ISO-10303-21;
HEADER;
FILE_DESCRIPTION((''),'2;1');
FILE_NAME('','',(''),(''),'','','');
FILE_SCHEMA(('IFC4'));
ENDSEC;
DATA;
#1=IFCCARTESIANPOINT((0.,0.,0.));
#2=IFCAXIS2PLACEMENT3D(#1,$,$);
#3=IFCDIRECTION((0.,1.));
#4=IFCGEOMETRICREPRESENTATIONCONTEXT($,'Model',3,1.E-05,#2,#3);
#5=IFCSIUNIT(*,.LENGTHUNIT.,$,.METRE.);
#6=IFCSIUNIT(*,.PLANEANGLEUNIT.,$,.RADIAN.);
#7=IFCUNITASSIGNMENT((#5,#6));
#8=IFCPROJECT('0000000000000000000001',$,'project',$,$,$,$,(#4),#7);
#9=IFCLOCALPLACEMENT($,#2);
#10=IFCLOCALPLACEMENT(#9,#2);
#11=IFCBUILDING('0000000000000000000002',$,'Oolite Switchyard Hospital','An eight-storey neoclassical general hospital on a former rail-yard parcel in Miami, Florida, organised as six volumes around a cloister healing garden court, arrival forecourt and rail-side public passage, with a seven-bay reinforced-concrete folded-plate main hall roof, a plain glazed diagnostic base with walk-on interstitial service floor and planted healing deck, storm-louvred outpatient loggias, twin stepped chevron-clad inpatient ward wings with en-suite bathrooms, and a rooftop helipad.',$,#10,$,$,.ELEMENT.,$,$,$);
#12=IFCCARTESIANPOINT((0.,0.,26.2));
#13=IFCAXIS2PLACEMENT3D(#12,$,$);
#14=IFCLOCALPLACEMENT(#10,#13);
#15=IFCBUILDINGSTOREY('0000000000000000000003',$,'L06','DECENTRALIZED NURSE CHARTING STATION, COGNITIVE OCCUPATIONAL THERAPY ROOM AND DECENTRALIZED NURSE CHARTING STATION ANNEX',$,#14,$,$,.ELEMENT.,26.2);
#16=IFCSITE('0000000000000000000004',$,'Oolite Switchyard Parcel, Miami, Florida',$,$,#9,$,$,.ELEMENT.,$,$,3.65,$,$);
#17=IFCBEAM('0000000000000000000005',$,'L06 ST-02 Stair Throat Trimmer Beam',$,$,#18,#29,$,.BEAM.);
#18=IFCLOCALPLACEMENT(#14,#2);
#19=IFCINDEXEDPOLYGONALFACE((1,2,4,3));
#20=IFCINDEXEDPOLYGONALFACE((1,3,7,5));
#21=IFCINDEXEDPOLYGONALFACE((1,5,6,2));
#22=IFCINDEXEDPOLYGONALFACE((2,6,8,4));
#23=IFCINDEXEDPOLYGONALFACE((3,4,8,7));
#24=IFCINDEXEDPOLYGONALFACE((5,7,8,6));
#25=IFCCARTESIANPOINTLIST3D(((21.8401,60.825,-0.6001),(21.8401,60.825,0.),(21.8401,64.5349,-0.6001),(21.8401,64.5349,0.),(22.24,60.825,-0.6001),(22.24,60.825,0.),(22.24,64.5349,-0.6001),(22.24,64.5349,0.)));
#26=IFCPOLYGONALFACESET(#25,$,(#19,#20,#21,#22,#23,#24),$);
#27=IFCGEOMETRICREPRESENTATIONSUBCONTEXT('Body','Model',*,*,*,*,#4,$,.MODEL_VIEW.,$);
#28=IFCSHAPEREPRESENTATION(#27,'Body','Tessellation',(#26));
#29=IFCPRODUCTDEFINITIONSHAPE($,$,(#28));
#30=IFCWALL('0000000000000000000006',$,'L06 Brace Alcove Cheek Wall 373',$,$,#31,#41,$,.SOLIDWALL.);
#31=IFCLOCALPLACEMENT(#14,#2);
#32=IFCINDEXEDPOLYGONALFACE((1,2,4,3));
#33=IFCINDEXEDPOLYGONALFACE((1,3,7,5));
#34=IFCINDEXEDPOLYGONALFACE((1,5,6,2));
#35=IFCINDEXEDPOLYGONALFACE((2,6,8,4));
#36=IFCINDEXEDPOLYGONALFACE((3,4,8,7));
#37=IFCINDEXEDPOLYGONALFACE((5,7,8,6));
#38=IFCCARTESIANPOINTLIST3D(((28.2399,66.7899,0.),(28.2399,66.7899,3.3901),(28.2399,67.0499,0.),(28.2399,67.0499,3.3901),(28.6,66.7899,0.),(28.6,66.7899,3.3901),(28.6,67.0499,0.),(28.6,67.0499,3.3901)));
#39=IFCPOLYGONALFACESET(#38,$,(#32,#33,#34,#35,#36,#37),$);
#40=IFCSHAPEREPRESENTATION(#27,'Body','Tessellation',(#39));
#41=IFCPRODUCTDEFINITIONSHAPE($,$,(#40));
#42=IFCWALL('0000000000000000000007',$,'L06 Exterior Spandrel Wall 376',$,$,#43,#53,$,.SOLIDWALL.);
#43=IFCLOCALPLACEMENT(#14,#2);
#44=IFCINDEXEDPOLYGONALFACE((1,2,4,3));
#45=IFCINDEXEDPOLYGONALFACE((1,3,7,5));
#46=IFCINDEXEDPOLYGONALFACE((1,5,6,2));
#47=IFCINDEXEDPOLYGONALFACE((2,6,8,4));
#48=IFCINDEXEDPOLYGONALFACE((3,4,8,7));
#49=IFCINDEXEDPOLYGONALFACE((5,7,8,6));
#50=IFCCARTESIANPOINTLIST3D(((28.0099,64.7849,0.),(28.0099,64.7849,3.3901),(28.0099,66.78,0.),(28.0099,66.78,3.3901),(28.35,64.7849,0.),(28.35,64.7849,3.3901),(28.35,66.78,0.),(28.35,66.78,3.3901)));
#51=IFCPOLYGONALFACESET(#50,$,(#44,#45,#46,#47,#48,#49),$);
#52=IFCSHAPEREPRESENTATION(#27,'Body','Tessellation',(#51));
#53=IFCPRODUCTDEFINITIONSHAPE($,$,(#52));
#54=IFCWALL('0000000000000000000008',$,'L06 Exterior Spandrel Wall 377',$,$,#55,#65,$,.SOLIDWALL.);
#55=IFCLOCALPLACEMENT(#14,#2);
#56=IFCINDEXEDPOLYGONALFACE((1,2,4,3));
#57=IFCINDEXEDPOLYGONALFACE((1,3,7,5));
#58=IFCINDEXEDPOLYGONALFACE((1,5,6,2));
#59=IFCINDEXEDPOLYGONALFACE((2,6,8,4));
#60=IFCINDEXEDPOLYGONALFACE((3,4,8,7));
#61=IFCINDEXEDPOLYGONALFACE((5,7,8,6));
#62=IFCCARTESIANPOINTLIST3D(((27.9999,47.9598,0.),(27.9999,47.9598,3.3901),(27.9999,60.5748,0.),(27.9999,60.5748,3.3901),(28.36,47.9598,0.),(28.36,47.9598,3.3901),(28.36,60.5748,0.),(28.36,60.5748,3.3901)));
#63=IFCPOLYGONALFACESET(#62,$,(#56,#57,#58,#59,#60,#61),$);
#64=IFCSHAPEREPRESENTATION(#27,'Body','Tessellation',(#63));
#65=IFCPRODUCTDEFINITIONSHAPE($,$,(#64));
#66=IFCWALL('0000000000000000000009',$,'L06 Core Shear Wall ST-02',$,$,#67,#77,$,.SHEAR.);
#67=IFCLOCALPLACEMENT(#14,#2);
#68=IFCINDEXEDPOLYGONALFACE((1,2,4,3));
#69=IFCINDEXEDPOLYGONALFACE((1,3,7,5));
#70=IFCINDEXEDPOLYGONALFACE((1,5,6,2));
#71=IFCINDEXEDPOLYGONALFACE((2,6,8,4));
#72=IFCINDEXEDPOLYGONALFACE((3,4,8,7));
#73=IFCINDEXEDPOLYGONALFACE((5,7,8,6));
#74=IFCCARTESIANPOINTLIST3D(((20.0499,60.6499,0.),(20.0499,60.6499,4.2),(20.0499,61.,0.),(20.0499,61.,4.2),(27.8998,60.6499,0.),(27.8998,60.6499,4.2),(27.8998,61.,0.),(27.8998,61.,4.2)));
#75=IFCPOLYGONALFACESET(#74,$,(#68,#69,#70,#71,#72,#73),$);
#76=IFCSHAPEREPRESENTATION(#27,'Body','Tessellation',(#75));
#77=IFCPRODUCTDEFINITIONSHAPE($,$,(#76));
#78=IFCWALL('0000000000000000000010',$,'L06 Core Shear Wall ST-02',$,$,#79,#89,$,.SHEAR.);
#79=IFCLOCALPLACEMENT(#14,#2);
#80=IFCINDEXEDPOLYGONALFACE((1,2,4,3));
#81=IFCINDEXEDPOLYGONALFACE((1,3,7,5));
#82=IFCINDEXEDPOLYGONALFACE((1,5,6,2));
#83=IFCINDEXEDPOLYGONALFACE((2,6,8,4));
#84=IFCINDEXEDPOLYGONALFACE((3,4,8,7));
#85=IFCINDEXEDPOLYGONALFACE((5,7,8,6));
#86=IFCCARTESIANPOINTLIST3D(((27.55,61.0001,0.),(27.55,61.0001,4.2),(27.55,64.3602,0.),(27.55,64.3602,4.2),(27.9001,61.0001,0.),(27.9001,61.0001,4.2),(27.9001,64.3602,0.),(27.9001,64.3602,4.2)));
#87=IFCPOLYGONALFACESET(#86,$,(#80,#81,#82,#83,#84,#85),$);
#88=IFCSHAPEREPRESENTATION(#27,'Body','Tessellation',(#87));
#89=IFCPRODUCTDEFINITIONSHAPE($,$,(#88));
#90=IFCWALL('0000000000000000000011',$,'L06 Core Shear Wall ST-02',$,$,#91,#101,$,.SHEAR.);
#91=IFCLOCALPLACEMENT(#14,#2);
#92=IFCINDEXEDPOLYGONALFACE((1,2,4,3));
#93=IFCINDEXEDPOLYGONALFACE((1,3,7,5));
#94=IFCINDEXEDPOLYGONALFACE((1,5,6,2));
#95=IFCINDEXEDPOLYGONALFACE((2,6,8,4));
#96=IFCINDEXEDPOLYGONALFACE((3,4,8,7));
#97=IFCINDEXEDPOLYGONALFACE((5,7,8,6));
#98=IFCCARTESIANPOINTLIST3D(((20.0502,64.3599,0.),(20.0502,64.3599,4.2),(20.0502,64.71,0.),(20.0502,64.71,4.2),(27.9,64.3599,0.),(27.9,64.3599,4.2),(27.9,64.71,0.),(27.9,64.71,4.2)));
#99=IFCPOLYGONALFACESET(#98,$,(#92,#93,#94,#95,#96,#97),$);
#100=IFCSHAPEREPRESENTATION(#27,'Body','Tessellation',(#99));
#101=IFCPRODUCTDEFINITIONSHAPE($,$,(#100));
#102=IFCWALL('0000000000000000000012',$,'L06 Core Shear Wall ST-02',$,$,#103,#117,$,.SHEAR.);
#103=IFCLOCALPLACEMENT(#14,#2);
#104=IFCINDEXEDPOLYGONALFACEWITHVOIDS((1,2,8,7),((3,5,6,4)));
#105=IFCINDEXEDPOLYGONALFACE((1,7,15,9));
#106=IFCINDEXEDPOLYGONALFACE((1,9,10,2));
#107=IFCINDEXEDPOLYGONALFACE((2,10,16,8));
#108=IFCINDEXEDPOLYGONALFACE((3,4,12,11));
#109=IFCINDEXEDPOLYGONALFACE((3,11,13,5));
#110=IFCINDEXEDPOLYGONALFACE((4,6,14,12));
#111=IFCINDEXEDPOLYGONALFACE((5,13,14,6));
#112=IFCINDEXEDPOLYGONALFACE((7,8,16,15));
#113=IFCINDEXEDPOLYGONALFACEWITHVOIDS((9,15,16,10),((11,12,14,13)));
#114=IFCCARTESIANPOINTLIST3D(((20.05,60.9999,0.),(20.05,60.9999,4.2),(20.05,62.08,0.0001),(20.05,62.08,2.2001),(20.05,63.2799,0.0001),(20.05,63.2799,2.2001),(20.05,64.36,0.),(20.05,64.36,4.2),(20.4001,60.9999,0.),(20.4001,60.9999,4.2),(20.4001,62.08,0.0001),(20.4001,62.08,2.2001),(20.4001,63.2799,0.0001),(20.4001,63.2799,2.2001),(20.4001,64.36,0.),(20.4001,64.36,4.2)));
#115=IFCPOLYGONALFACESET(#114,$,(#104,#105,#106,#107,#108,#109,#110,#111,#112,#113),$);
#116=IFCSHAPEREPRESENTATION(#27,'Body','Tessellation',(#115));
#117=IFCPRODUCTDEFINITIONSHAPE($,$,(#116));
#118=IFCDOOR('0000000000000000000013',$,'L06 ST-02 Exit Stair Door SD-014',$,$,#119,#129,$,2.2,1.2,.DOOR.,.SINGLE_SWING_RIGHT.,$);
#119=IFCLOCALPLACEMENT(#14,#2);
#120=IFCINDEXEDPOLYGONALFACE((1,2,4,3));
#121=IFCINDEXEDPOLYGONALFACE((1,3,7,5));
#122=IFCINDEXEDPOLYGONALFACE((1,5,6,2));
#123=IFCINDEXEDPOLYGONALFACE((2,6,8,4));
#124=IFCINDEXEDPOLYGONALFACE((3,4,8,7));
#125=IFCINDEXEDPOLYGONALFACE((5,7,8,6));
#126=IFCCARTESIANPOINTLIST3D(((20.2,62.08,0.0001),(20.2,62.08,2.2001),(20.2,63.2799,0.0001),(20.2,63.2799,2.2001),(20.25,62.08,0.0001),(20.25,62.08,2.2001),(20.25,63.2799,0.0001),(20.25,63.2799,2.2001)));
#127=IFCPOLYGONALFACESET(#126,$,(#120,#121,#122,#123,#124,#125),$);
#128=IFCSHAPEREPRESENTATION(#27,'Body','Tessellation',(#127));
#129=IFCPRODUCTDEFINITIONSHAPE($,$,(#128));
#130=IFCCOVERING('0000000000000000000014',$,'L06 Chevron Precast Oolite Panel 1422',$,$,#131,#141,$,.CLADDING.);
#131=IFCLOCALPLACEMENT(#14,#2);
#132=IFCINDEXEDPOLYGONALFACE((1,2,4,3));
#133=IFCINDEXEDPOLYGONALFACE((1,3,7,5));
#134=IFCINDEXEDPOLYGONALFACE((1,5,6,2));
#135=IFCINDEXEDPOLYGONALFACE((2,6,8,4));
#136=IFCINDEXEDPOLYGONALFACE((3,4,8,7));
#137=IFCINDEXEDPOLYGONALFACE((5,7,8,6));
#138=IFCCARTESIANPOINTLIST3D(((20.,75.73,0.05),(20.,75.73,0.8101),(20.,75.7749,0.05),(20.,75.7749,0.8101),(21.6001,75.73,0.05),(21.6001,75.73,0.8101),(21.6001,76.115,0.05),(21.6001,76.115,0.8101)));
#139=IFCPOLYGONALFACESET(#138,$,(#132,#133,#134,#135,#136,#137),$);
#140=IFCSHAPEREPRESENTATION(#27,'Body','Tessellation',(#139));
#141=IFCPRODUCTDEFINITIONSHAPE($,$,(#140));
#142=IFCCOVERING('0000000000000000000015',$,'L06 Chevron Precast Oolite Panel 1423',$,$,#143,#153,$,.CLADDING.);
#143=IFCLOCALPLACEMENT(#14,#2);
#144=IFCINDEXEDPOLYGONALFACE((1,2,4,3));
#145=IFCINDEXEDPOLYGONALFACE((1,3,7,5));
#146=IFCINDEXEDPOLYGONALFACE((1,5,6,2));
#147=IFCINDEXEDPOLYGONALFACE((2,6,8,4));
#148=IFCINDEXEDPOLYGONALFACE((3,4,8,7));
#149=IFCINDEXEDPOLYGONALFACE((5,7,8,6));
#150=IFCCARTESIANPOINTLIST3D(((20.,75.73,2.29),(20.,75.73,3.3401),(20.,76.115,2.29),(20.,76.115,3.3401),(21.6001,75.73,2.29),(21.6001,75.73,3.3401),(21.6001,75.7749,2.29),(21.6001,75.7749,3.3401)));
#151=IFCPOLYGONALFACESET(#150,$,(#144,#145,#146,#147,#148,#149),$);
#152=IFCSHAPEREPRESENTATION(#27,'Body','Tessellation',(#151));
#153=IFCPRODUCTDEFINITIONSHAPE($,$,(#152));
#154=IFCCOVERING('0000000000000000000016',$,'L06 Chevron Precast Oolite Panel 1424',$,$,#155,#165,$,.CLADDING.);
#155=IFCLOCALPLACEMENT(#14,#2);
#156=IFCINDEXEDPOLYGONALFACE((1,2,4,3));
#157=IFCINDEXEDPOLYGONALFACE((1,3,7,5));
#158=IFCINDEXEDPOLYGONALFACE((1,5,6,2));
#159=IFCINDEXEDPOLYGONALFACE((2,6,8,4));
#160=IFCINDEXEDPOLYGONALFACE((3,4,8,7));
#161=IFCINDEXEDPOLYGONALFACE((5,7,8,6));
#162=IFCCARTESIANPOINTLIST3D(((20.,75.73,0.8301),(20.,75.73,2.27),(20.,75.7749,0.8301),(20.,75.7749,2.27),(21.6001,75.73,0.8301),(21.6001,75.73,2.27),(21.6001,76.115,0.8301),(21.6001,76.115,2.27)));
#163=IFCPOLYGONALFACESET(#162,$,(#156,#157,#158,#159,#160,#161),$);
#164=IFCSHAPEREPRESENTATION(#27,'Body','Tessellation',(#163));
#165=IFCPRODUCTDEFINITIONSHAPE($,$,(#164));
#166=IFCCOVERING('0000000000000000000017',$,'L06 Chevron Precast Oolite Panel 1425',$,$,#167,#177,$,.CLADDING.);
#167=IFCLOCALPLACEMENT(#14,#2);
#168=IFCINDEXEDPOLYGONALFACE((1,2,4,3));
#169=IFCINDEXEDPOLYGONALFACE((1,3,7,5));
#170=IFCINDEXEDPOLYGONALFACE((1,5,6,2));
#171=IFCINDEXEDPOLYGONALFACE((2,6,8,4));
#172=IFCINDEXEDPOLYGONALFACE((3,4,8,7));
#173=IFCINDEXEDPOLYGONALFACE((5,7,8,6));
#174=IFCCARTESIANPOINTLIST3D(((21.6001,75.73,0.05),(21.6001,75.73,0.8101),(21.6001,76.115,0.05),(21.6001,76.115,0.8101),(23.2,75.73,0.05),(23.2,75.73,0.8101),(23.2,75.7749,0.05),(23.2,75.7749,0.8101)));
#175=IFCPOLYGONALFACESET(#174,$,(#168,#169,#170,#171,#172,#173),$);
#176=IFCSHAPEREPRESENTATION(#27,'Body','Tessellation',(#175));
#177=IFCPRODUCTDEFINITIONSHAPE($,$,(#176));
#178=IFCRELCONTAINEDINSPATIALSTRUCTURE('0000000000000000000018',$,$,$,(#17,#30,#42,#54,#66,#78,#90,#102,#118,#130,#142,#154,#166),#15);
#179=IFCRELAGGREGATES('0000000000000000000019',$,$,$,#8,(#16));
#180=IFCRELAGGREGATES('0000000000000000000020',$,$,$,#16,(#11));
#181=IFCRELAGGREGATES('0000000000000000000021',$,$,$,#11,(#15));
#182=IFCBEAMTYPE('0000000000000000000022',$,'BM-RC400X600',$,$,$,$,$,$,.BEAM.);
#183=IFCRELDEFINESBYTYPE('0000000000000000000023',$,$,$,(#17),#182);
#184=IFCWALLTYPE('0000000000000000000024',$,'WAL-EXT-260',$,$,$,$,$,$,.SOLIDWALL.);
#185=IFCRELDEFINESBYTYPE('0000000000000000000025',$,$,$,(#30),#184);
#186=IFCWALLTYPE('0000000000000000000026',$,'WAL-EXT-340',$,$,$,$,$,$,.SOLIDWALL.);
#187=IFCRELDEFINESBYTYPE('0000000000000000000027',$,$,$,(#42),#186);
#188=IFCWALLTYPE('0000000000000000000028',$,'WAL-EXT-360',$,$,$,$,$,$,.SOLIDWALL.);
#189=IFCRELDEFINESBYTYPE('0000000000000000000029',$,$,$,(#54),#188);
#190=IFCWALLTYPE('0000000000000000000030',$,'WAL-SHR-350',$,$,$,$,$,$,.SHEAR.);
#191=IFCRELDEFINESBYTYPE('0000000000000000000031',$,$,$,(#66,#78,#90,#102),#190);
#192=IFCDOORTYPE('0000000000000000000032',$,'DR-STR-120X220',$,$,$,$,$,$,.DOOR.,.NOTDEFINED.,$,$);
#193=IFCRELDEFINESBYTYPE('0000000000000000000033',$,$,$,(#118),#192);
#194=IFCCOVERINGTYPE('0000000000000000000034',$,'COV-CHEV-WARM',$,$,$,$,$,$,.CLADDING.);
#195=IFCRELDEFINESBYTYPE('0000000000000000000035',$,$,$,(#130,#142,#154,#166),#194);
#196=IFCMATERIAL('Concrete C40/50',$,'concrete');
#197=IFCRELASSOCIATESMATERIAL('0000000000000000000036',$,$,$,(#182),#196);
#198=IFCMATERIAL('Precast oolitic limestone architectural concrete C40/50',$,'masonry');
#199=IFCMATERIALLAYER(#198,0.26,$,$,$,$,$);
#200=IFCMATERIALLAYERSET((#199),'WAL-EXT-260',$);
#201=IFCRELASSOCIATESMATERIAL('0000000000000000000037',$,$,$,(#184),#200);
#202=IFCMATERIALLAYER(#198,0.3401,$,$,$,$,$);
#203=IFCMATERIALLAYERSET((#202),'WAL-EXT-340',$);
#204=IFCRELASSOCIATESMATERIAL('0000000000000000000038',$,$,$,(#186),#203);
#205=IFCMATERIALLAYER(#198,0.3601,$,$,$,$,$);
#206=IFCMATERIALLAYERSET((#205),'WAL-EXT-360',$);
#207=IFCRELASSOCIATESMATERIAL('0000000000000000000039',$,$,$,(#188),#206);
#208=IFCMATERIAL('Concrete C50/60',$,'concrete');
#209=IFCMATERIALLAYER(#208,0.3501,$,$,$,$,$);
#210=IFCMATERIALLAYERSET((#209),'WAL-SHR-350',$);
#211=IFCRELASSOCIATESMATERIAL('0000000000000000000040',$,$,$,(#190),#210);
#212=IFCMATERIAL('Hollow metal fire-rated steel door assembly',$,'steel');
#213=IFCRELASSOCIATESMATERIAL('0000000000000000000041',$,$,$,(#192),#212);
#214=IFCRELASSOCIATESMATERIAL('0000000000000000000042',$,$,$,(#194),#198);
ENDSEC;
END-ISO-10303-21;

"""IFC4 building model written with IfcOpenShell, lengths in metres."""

from ifc_helpers import new_model, si_unit, direction, frame, frame_2d, origin, origin_2d, place, context, subcontext, project, spatial, polyline, rectangle, outline, extrude, material, layer, layer_set, material_profile, profile_set, type_object, element, fill, save


model = new_model("IFC4")

# Units and contexts
model_context = context("Model", 3, precision=1e-05, world=origin(), true_north=direction((0.0, 1.0)))
body_context = subcontext(model_context, "Body", "Model", "MODEL_VIEW")
ifc_project = project(units=[si_unit("LENGTHUNIT", "METRE"), si_unit("PLANEANGLEUNIT", "RADIAN")], contexts=[model_context])

# Site, building, storey
site_placement = place(None, origin())
site = spatial("IfcSite", under=ifc_project, at=site_placement, Name="Oolite Switchyard Parcel, Miami, Florida", CompositionType="ELEMENT", RefElevation=3.65)
building_placement = place(site_placement, origin())
building = spatial("IfcBuilding", under=site, at=building_placement, Name="Oolite Switchyard Hospital", Description="An eight-storey neoclassical general hospital on a former rail-yard parcel in Miami, Florida, organised as six volumes around a cloister healing garden court, arrival forecourt and rail-side public passage, with a seven-bay reinforced-concrete folded-plate main hall roof, a plain glazed diagnostic base with walk-on interstitial service floor and planted healing deck, storm-louvred outpatient loggias, twin stepped chevron-clad inpatient ward wings with en-suite bathrooms, and a rooftop helipad.", CompositionType="ELEMENT")
storey_placement = place(building_placement, frame((0.0, 0.0, 26.2)))
storey = spatial("IfcBuildingStorey", under=building, at=storey_placement, Name="L06", Description="DECENTRALIZED NURSE CHARTING STATION, COGNITIVE OCCUPATIONAL THERAPY ROOM AND DECENTRALIZED NURSE CHARTING STATION ANNEX", CompositionType="ELEMENT", Elevation=26.2)

# Beam
ifc_material_1 = material(Name="Concrete C40/50", Category="concrete")
ifc_material_profile = material_profile(ifc_material_1, rectangle(XDim=0.3999, YDim=0.6001, at=origin_2d()), Name="RCB400X600")
ifc_profile_set = profile_set([ifc_material_profile], Name="Concrete C40/50")
beam_type = type_object("IfcBeamType", Name="BM-RC400X600", PredefinedType="BEAM", material=ifc_profile_set)
beam_placement = place(storey_placement, frame((22.04, 60.825, -0.3), z_axis=(0.0, 1.0, 0.0), x_axis=(-1.0, 0.0, 0.0)))
element("IfcBeam", 1, at=beam_placement, inside=storey, type_object=beam_type, Name="L06 ST-02 Stair Throat Trimmer Beam", PredefinedType="BEAM", context=body_context, shape_type="SweptSolid", body=[
    extrude(rectangle(XDim=0.3999, YDim=0.6001, at=origin_2d()), origin(), (0.0, 0.0, 1.0), 3.71),
])

# Walls
ifc_material_2 = material(Name="Precast oolitic limestone architectural concrete C40/50", Category="masonry")
ifc_layer_1 = layer(ifc_material_2, 0.26)
ifc_layer_set_1 = layer_set([ifc_layer_1], Name="WAL-EXT-260")
wall_type_1 = type_object("IfcWallType", Name="WAL-EXT-260", PredefinedType="SOLIDWALL", material=ifc_layer_set_1)
wall_1_placement = place(storey_placement, frame((28.6001, 66.9199, 0.0), z_axis=(0.0, 0.0, 1.0), x_axis=(-1.0, 0.0, 0.0)))
element("IfcWall", 2, at=wall_1_placement, inside=storey, type_object=wall_type_1, Name="L06 Brace Alcove Cheek Wall 373", PredefinedType="SOLIDWALL", context=body_context, shape_type="SweptSolid", body=[
    extrude(rectangle(XDim=0.3601, YDim=0.26, at=frame_2d((0.1802, 0.0))), origin(), (0.0, 0.0, 1.0), 3.3901),
])
ifc_layer_2 = layer(ifc_material_2, 0.3401)
ifc_layer_set_2 = layer_set([ifc_layer_2], Name="WAL-EXT-340")
wall_type_2 = type_object("IfcWallType", Name="WAL-EXT-340", PredefinedType="SOLIDWALL", material=ifc_layer_set_2)
wall_2_placement = place(storey_placement, frame((28.1799, 66.78, 0.0), z_axis=(0.0, 0.0, 1.0), x_axis=(0.0, -1.0, 0.0)))
element("IfcWall", 3, at=wall_2_placement, inside=storey, type_object=wall_type_2, Name="L06 Exterior Spandrel Wall 376", PredefinedType="SOLIDWALL", context=body_context, shape_type="SweptSolid", body=[
    extrude(rectangle(XDim=1.9951, YDim=0.3401, at=frame_2d((0.9976, 0.0))), origin(), (0.0, 0.0, 1.0), 3.3901),
])
ifc_layer_3 = layer(ifc_material_2, 0.3601)
ifc_layer_set_3 = layer_set([ifc_layer_3], Name="WAL-EXT-360")
wall_type_3 = type_object("IfcWallType", Name="WAL-EXT-360", PredefinedType="SOLIDWALL", material=ifc_layer_set_3)
wall_3_placement = place(storey_placement, frame((28.1799, 60.575, 0.0), z_axis=(0.0, 0.0, 1.0), x_axis=(0.0, -1.0, 0.0)))
element("IfcWall", 4, at=wall_3_placement, inside=storey, type_object=wall_type_3, Name="L06 Exterior Spandrel Wall 377", PredefinedType="SOLIDWALL", context=body_context, shape_type="SweptSolid", body=[
    extrude(rectangle(XDim=12.615, YDim=0.3601, at=frame_2d((6.3076, 0.0))), origin(), (0.0, 0.0, 1.0), 3.3901),
])
ifc_material_3 = material(Name="Concrete C50/60", Category="concrete")
ifc_layer_4 = layer(ifc_material_3, 0.3501)
ifc_layer_set_4 = layer_set([ifc_layer_4], Name="WAL-SHR-350")
wall_type_4 = type_object("IfcWallType", Name="WAL-SHR-350", PredefinedType="SHEAR", material=ifc_layer_set_4)
wall_4_placement = place(storey_placement, frame((20.05, 60.825, 0.0), z_axis=(0.0, 0.0, 1.0), x_axis=(1.0, 0.0, 0.0)))
element("IfcWall", 5, at=wall_4_placement, inside=storey, type_object=wall_type_4, Name="L06 Core Shear Wall ST-02", PredefinedType="SHEAR", context=body_context, shape_type="SweptSolid", body=[
    extrude(rectangle(XDim=7.8499, YDim=0.3501, at=frame_2d((3.9248, 0.0))), origin(), (0.0, 0.0, 1.0), 4.2),
])
wall_5_placement = place(storey_placement, frame((27.7251, 61.0, 0.0), z_axis=(0.0, 0.0, 1.0), x_axis=(0.0, 1.0, 0.0)))
element("IfcWall", 6, at=wall_5_placement, inside=storey, type_object=wall_type_4, Name="L06 Core Shear Wall ST-02", PredefinedType="SHEAR", context=body_context, shape_type="SweptSolid", body=[
    extrude(rectangle(XDim=3.3601, YDim=0.3501, at=frame_2d((1.6802, 0.0))), origin(), (0.0, 0.0, 1.0), 4.2),
])
wall_6_placement = place(storey_placement, frame((27.8999, 64.5349, 0.0), z_axis=(0.0, 0.0, 1.0), x_axis=(-1.0, 0.0, 0.0)))
element("IfcWall", 7, at=wall_6_placement, inside=storey, type_object=wall_type_4, Name="L06 Core Shear Wall ST-02", PredefinedType="SHEAR", context=body_context, shape_type="SweptSolid", body=[
    extrude(rectangle(XDim=7.8499, YDim=0.3501, at=frame_2d((3.9248, 0.0))), origin(), (0.0, 0.0, 1.0), 4.2),
])

# Wall, opening, door
wall_7_placement = place(storey_placement, frame((20.2251, 64.3601, 0.0), z_axis=(0.0, 0.0, 1.0), x_axis=(0.0, -1.0, 0.0)))
wall_7 = element("IfcWall", 8, at=wall_7_placement, inside=storey, type_object=wall_type_4, Name="L06 Core Shear Wall ST-02", PredefinedType="SHEAR", context=body_context, shape_type="SweptSolid", body=[
    extrude(rectangle(XDim=3.3601, YDim=0.3501, at=frame_2d((1.6802, 0.0))), origin(), (0.0, 0.0, 1.0), 4.2),
])
opening_placement = place(wall_7_placement, frame((1.0801, 0.0, 0.0)))
opening = element("IfcOpeningElement", 9, at=opening_placement, cuts=wall_7, PredefinedType="OPENING", context=body_context, shape_type="SweptSolid", body=[
    extrude(rectangle(XDim=1.2, YDim=2.2, at=frame_2d((0.6001, 1.1001))), frame((0.0, 0.1851, 0.0), z_axis=(0.0, -1.0, 0.0), x_axis=(1.0, 0.0, 0.0)), (0.0, 0.0, 1.0), 0.3701),
])
ifc_material_4 = material(Name="Hollow metal fire-rated steel door assembly", Category="steel")
door_type = type_object("IfcDoorType", Name="DR-STR-120X220", OperationType="NOTDEFINED", PredefinedType="DOOR", material=ifc_material_4)
door_placement = place(opening_placement, origin())
door = element("IfcDoor", 10, at=door_placement, inside=storey, type_object=door_type, Name="L06 ST-02 Exit Stair Door SD-014", OperationType="SINGLE_SWING_RIGHT", OverallHeight=2.2, OverallWidth=1.2, PredefinedType="DOOR", context=body_context, shape_type="SweptSolid", body=[
    extrude(rectangle(XDim=1.2, YDim=2.2, at=frame_2d((0.6001, 1.1001))), frame((0.0, 0.0249, 0.0), z_axis=(0.0, -1.0, 0.0), x_axis=(1.0, 0.0, 0.0)), (0.0, 0.0, 1.0), 0.05),
])
fill(opening, door)

# Coverings
covering_type = type_object("IfcCoveringType", Name="COV-CHEV-WARM", PredefinedType="CLADDING", material=ifc_material_2)
covering_1_placement = place(storey_placement, frame((20.0, 75.73, 0.05), z_axis=(0.0, 0.0, 1.0), x_axis=(1.0, 0.0, 0.0)))
element("IfcCovering", 11, at=covering_1_placement, inside=storey, type_object=covering_type, Name="L06 Chevron Precast Oolite Panel 1422", PredefinedType="CLADDING", context=body_context, shape_type="SweptSolid", body=[
    extrude(outline(polyline([(0.0, 0.0), (1.6001, 0.0), (1.6001, 0.385), (0.0, 0.0449), (0.0, 0.0)])), origin(), (0.0, 0.0, 1.0), 0.76),
])
covering_2_placement = place(storey_placement, frame((20.0, 75.73, 2.29), z_axis=(0.0, 0.0, 1.0), x_axis=(1.0, 0.0, 0.0)))
element("IfcCovering", 12, at=covering_2_placement, inside=storey, type_object=covering_type, Name="L06 Chevron Precast Oolite Panel 1423", PredefinedType="CLADDING", context=body_context, shape_type="SweptSolid", body=[
    extrude(outline(polyline([(0.0, 0.0), (1.6001, 0.0), (1.6001, 0.0449), (0.0, 0.385), (0.0, 0.0)])), origin(), (0.0, 0.0, 1.0), 1.05),
])
covering_3_placement = place(storey_placement, frame((20.0, 75.73, 0.8301), z_axis=(0.0, 0.0, 1.0), x_axis=(1.0, 0.0, 0.0)))
element("IfcCovering", 13, at=covering_3_placement, inside=storey, type_object=covering_type, Name="L06 Chevron Precast Oolite Panel 1424", PredefinedType="CLADDING", context=body_context, shape_type="SweptSolid", body=[
    extrude(outline(polyline([(0.0, 0.0), (1.6001, 0.0), (1.6001, 0.385), (0.0, 0.0449), (0.0, 0.0)])), origin(), (0.0, 0.0, 1.0), 1.4399),
])
covering_4_placement = place(storey_placement, frame((21.6001, 75.73, 0.05), z_axis=(0.0, 0.0, 1.0), x_axis=(1.0, 0.0, 0.0)))
element("IfcCovering", 14, at=covering_4_placement, inside=storey, type_object=covering_type, Name="L06 Chevron Precast Oolite Panel 1425", PredefinedType="CLADDING", context=body_context, shape_type="SweptSolid", body=[
    extrude(outline(polyline([(0.0, 0.0), (1.5999, 0.0), (1.5999, 0.0449), (0.0, 0.385), (0.0, 0.0)])), origin(), (0.0, 0.0, 1.0), 0.76),
])

save(model, "model.ifc")
